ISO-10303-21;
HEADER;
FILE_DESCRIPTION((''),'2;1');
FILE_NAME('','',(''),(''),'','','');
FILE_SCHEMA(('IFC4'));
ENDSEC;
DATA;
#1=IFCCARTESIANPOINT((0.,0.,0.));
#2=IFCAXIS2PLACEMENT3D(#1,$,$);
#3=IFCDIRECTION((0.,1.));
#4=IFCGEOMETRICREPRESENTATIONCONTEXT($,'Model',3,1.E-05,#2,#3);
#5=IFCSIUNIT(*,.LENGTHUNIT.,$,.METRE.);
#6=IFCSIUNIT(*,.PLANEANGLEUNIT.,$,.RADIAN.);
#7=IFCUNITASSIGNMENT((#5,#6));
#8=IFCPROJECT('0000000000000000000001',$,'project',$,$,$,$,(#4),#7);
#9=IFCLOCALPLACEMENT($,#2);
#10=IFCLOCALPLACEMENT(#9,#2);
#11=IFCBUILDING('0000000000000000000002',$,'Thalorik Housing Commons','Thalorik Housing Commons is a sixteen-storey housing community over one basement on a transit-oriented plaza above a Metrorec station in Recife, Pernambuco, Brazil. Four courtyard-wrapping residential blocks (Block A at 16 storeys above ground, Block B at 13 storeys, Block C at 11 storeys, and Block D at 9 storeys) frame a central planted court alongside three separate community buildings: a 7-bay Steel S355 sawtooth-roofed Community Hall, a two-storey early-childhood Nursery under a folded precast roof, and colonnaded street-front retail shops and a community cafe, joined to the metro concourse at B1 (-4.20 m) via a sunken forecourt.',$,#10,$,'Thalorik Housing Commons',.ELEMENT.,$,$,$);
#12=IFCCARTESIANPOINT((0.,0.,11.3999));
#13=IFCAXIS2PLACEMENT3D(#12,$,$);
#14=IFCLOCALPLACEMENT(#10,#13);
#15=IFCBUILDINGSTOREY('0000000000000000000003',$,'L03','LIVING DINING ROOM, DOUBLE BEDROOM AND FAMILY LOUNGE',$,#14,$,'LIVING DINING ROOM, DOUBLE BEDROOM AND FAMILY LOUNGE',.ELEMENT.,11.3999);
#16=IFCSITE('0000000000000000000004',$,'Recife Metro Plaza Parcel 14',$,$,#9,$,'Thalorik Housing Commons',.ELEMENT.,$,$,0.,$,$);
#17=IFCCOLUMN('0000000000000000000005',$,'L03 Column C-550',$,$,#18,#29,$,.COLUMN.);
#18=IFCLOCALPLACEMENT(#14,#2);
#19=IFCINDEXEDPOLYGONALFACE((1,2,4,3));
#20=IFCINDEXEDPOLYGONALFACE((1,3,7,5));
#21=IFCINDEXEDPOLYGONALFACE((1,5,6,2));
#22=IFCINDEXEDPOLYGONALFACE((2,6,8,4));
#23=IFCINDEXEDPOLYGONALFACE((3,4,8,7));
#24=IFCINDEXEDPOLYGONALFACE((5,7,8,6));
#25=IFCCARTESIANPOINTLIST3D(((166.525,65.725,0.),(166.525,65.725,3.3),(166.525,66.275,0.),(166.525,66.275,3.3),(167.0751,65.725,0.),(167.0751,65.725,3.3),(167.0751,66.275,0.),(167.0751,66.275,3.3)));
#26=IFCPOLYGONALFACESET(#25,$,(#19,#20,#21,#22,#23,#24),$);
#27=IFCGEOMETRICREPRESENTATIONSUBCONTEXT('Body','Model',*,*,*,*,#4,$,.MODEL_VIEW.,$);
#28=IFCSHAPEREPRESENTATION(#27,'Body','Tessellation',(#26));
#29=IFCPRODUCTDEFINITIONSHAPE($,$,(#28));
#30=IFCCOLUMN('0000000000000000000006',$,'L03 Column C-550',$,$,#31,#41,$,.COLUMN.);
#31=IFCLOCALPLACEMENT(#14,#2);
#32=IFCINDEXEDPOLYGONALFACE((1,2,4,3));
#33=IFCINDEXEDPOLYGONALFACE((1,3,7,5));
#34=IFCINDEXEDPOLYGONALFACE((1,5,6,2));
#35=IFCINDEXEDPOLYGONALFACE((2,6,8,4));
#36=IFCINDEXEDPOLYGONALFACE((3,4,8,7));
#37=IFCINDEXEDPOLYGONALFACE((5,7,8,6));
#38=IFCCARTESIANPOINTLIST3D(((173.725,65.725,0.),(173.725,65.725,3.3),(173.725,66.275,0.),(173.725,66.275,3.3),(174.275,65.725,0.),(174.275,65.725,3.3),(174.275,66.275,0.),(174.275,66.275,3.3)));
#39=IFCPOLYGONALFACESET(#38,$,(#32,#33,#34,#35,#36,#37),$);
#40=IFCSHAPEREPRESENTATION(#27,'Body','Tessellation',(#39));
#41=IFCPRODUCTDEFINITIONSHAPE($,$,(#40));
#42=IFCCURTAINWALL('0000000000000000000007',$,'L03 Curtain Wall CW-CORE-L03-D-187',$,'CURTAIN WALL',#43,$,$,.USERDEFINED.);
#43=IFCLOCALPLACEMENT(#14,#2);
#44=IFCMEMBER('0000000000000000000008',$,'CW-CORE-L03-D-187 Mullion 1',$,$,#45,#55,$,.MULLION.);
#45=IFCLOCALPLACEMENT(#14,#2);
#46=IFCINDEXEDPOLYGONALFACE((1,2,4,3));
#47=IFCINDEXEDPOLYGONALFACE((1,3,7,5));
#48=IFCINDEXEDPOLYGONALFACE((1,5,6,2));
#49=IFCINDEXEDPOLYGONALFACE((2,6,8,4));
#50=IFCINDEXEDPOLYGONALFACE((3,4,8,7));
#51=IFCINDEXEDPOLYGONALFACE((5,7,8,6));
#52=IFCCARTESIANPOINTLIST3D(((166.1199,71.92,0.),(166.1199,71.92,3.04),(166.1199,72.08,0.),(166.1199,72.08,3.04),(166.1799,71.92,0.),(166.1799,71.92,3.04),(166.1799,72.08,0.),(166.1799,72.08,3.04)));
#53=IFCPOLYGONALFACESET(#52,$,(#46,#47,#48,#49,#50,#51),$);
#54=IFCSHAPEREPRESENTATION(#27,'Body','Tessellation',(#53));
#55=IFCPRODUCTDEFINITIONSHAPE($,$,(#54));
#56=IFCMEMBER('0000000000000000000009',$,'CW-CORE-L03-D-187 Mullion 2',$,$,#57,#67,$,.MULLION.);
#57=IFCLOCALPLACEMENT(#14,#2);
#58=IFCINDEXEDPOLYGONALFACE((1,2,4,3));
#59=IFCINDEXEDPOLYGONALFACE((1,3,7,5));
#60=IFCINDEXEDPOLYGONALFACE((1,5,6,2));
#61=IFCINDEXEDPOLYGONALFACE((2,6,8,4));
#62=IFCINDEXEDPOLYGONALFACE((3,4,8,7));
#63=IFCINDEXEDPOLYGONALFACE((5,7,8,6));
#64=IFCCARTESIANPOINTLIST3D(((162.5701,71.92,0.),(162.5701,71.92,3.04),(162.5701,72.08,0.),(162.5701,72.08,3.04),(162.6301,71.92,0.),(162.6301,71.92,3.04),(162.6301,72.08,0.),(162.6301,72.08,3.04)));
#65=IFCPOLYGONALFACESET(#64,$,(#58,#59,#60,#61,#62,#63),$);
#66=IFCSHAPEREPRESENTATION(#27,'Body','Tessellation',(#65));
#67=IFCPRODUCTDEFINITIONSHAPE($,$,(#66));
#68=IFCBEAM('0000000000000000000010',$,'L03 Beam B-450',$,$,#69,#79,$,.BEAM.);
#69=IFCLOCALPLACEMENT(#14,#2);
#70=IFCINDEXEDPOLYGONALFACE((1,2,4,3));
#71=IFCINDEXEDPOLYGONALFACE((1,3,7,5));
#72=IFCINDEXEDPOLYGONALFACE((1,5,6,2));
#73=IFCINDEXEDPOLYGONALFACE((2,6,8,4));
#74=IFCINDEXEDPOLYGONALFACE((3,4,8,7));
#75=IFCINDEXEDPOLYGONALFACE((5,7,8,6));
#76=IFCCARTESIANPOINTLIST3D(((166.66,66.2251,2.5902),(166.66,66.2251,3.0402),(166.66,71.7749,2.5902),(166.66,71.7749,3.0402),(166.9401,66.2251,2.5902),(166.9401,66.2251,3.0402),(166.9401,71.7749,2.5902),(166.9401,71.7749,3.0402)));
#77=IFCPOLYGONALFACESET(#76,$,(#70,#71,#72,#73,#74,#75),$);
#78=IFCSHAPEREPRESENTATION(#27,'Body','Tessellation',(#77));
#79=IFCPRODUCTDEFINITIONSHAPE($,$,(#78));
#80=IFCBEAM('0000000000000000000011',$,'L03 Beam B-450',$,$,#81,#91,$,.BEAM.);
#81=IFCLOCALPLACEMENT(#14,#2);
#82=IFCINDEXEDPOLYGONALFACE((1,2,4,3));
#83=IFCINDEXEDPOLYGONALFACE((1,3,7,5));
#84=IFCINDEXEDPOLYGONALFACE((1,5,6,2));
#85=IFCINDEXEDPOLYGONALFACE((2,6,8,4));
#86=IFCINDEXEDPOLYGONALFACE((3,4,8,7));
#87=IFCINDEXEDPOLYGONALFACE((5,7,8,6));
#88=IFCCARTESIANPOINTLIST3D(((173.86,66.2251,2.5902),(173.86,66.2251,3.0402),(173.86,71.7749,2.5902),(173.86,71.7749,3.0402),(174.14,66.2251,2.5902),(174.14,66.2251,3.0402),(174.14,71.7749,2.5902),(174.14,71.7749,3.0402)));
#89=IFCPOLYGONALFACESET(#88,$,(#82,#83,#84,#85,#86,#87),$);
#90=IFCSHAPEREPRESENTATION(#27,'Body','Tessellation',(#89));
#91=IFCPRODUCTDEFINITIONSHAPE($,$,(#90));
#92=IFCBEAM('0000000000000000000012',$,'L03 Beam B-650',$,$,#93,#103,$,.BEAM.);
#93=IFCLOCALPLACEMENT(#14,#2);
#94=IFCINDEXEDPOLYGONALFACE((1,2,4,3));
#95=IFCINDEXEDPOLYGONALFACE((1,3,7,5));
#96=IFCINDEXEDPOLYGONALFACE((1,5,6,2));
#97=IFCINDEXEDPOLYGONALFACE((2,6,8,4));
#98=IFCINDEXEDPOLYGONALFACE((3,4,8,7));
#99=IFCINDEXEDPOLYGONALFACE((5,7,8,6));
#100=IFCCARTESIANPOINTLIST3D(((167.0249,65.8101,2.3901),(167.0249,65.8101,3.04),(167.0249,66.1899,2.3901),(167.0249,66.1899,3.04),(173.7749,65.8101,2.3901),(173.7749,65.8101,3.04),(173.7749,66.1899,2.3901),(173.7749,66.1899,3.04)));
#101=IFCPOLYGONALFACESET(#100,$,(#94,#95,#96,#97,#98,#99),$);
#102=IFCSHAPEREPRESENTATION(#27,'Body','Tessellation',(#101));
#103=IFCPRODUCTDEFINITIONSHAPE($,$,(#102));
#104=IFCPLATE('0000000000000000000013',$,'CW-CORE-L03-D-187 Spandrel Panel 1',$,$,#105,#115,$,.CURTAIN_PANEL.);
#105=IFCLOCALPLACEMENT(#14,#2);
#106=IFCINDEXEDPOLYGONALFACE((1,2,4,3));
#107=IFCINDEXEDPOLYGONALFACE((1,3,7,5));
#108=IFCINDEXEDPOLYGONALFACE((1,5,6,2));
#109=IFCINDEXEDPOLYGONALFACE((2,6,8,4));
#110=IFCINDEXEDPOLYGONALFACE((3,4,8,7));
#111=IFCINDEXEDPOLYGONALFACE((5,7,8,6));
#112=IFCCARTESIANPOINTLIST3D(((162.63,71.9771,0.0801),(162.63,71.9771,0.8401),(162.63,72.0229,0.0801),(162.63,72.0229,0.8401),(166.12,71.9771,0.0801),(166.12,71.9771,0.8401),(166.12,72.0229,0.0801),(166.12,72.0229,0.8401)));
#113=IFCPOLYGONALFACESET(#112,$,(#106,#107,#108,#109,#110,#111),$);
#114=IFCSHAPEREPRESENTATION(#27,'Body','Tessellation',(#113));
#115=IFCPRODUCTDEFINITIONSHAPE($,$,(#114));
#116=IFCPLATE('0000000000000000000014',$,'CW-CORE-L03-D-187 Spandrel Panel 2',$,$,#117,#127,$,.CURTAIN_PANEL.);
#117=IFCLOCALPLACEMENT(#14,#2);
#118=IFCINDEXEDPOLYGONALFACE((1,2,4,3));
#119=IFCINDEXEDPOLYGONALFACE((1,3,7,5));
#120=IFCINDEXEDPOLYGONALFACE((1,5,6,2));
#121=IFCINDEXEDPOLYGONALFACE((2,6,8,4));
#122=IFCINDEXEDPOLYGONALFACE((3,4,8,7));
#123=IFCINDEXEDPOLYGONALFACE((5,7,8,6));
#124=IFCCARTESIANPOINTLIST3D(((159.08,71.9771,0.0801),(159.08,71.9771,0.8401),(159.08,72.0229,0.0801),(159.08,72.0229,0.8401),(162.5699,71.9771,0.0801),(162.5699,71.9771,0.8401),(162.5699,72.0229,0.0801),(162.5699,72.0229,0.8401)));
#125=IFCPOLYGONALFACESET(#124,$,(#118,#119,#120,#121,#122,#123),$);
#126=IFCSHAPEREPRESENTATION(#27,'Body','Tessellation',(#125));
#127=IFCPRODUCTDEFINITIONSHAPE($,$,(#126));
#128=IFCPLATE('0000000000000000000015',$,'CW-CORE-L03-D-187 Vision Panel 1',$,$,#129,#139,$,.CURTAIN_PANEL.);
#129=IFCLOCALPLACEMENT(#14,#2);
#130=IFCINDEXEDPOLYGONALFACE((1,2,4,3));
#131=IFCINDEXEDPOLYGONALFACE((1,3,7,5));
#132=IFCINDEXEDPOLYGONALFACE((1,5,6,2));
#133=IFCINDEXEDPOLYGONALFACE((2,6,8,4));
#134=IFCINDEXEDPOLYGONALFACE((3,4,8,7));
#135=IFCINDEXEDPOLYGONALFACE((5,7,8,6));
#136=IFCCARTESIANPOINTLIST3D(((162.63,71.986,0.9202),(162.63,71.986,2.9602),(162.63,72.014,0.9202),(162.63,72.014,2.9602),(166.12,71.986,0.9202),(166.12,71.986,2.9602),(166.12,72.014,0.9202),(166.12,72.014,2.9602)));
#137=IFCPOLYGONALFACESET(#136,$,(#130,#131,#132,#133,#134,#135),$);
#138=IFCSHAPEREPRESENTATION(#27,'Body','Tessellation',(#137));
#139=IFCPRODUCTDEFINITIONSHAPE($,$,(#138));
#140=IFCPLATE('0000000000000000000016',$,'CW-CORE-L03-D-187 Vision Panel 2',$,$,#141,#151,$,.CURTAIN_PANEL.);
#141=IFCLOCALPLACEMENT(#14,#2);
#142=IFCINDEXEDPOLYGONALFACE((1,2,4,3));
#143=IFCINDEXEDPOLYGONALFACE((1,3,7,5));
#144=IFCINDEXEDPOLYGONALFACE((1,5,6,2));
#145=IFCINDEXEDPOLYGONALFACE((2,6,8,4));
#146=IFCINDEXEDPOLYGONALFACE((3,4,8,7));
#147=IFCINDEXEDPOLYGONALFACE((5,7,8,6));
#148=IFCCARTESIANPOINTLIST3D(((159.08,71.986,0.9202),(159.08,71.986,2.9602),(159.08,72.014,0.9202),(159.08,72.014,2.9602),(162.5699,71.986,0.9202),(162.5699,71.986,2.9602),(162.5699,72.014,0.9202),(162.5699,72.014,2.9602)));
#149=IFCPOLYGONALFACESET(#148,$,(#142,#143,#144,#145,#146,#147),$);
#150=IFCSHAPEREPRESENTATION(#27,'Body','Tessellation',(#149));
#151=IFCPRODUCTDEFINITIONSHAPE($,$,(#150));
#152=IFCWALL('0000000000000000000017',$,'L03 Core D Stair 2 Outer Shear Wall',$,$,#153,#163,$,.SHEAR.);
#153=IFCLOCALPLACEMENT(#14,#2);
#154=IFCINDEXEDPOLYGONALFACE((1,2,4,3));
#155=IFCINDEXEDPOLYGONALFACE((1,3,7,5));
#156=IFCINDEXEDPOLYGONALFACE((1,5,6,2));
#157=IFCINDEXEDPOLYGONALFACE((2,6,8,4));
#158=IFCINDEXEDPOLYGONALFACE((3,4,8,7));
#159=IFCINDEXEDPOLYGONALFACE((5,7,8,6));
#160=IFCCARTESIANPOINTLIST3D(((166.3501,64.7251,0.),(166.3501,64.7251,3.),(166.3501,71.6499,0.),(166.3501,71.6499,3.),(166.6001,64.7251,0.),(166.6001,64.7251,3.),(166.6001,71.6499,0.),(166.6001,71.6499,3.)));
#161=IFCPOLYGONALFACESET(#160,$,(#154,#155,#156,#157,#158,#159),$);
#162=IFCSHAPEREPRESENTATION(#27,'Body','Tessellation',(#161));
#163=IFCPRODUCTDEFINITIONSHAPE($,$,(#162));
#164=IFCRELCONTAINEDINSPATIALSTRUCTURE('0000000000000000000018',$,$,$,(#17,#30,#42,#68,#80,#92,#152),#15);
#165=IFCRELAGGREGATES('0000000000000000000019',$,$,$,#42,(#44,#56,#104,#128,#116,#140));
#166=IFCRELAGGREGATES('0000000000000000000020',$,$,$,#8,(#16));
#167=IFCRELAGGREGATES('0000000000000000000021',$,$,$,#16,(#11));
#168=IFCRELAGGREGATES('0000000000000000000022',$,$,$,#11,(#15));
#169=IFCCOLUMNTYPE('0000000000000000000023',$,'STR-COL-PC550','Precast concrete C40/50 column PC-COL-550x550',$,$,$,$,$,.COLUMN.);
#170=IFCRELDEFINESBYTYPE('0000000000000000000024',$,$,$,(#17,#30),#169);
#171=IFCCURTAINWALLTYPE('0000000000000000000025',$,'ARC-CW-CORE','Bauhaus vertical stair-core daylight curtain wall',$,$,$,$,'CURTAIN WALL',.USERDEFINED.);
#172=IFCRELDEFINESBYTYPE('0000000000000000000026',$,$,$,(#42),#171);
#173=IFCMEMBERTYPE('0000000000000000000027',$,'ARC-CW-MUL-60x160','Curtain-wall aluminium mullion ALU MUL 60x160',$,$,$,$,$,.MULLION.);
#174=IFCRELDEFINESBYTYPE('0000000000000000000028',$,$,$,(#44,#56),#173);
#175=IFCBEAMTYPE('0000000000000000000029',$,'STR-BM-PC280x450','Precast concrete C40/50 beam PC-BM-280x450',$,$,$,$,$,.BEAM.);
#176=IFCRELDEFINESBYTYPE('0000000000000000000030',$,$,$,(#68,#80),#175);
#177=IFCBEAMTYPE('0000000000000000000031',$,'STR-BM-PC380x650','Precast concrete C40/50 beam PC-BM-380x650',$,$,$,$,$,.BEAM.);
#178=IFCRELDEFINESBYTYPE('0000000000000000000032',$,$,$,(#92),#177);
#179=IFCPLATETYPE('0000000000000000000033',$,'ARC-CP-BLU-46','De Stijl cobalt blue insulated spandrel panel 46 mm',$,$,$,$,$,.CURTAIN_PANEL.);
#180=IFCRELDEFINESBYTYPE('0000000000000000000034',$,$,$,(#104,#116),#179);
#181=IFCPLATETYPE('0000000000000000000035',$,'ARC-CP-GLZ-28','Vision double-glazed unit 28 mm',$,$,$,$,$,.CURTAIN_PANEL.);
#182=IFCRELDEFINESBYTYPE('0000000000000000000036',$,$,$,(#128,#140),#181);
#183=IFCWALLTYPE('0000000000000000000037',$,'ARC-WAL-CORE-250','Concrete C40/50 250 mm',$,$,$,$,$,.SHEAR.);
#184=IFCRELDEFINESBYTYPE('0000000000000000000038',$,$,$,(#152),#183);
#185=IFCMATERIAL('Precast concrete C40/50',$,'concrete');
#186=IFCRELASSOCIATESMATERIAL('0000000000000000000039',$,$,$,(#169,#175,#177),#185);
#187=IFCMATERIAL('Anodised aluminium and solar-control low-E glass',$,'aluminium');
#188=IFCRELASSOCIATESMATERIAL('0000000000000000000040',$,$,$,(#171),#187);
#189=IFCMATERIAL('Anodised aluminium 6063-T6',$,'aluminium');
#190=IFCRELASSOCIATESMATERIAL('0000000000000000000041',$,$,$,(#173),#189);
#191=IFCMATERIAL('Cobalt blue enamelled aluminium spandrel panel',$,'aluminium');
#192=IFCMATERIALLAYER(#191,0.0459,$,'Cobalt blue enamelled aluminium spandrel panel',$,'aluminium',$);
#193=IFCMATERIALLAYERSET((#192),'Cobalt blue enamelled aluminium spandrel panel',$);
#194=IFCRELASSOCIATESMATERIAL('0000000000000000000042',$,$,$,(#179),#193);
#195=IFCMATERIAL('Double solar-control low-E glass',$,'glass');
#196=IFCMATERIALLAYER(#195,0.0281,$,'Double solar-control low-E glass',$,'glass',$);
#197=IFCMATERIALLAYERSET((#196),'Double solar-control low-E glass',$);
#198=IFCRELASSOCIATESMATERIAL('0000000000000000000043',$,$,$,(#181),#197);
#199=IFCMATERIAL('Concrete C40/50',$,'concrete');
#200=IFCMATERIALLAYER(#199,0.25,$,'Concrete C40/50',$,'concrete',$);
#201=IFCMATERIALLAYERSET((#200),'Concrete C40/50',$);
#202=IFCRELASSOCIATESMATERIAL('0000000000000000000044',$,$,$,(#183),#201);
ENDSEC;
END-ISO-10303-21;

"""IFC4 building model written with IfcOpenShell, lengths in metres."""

from ifc_helpers import new_model, si_unit, direction, frame, frame_2d, origin, origin_2d, place, context, subcontext, project, spatial, rectangle, extrude, material, layer, layer_set, material_profile, profile_set, type_object, element, aggregate, save


model = new_model("IFC4")

# Units and contexts
model_context = context("Model", 3, precision=1e-05, world=origin(), true_north=direction((0.0, 1.0)))
body_context = subcontext(model_context, "Body", "Model", "MODEL_VIEW")
ifc_project = project(units=[si_unit("LENGTHUNIT", "METRE"), si_unit("PLANEANGLEUNIT", "RADIAN")], contexts=[model_context])

# Site, building, storey
site_placement = place(None, origin())
site = spatial("IfcSite", under=ifc_project, at=site_placement, Name="Recife Metro Plaza Parcel 14", LongName="Thalorik Housing Commons", CompositionType="ELEMENT", RefElevation=0.0)
building_placement = place(site_placement, origin())
building = spatial("IfcBuilding", under=site, at=building_placement, Name="Thalorik Housing Commons", Description="Thalorik Housing Commons is a sixteen-storey housing community over one basement on a transit-oriented plaza above a Metrorec station in Recife, Pernambuco, Brazil. Four courtyard-wrapping residential blocks (Block A at 16 storeys above ground, Block B at 13 storeys, Block C at 11 storeys, and Block D at 9 storeys) frame a central planted court alongside three separate community buildings: a 7-bay Steel S355 sawtooth-roofed Community Hall, a two-storey early-childhood Nursery under a folded precast roof, and colonnaded street-front retail shops and a community cafe, joined to the metro concourse at B1 (-4.20 m) via a sunken forecourt.", LongName="Thalorik Housing Commons", CompositionType="ELEMENT")
storey_placement = place(building_placement, frame((0.0, 0.0, 11.3999)))
storey = spatial("IfcBuildingStorey", under=building, at=storey_placement, Name="L03", Description="LIVING DINING ROOM, DOUBLE BEDROOM AND FAMILY LOUNGE", LongName="LIVING DINING ROOM, DOUBLE BEDROOM AND FAMILY LOUNGE", CompositionType="ELEMENT", Elevation=11.3999)

# Columns
ifc_material_1 = material(Name="Precast concrete C40/50", Category="concrete")
ifc_material_profile_1 = material_profile(ifc_material_1, rectangle(XDim=0.55, YDim=0.55, at=origin_2d()), Name="PC 550x550", Category="concrete")
ifc_profile_set_1 = profile_set([ifc_material_profile_1], Name="Precast concrete C40/50")
column_type = type_object("IfcColumnType", Name="STR-COL-PC550", Description="Precast concrete C40/50 column PC-COL-550x550", PredefinedType="COLUMN", material=ifc_profile_set_1)
for number, where, z_axis, x_axis, name in (
    (1, (166.8, 66.0, 0.0), (0.0, 0.0, 1.0), (1.0, 0.0, 0.0), "L03 Column C-550"),
    (2, (174.0, 66.0, 0.0), (0.0, 0.0, 1.0), (1.0, 0.0, 0.0), "L03 Column C-550"),
):
    element("IfcColumn", number, at=place(storey_placement, frame(where, z_axis=z_axis, x_axis=x_axis)), inside=storey, type_object=column_type, Name=name, PredefinedType="COLUMN", context=body_context, shape_type="SweptSolid", body=[
        extrude(rectangle(XDim=0.55, YDim=0.55, at=origin_2d()), origin(), (0.0, 0.0, 1.0), 3.3),
    ])

# Curtain wall, members
ifc_material_2 = material(Name="Anodised aluminium and solar-control low-E glass", Category="aluminium")
curtain_wall_type = type_object("IfcCurtainWallType", Name="ARC-CW-CORE", Description="Bauhaus vertical stair-core daylight curtain wall", ElementType="CURTAIN WALL", PredefinedType="USERDEFINED", material=ifc_material_2)
curtain_wall_placement = place(storey_placement, origin())
curtain_wall = element("IfcCurtainWall", 3, at=curtain_wall_placement, inside=storey, type_object=curtain_wall_type, Name="L03 Curtain Wall CW-CORE-L03-D-187", ObjectType="CURTAIN WALL", PredefinedType="USERDEFINED")
ifc_material_3 = material(Name="Anodised aluminium 6063-T6", Category="aluminium")
ifc_material_profile_2 = material_profile(ifc_material_3, rectangle(XDim=0.0601, YDim=0.1599, at=origin_2d()), Name="ALU MUL 60x160", Category="aluminium")
ifc_profile_set_2 = profile_set([ifc_material_profile_2], Name="Anodised aluminium 6063-T6")
member_type = type_object("IfcMemberType", Name="ARC-CW-MUL-60x160", Description="Curtain-wall aluminium mullion ALU MUL 60x160", PredefinedType="MULLION", material=ifc_profile_set_2)
member_1_placement = place(storey_placement, frame((166.1499, 72.0, 0.0), z_axis=(0.0, 0.0, 1.0), x_axis=(-1.0, 0.0, 0.0)))
member_1 = element("IfcMember", 4, at=member_1_placement, type_object=member_type, Name="CW-CORE-L03-D-187 Mullion 1", PredefinedType="MULLION", context=body_context, shape_type="SweptSolid", body=[
    extrude(rectangle(XDim=0.0601, YDim=0.1599, at=origin_2d()), origin(), (0.0, 0.0, 1.0), 3.04),
])
member_2_placement = place(storey_placement, frame((162.6001, 72.0, 0.0), z_axis=(0.0, 0.0, 1.0), x_axis=(-1.0, 0.0, 0.0)))
member_2 = element("IfcMember", 5, at=member_2_placement, type_object=member_type, Name="CW-CORE-L03-D-187 Mullion 2", PredefinedType="MULLION", context=body_context, shape_type="SweptSolid", body=[
    extrude(rectangle(XDim=0.0601, YDim=0.1599, at=origin_2d()), origin(), (0.0, 0.0, 1.0), 3.04),
])

# Beams
ifc_material_profile_3 = material_profile(ifc_material_1, rectangle(XDim=0.28, YDim=0.45, at=origin_2d()), Name="PC 280x450", Category="concrete")
ifc_profile_set_3 = profile_set([ifc_material_profile_3], Name="Precast concrete C40/50")
beam_type_1 = type_object("IfcBeamType", Name="STR-BM-PC280x450", Description="Precast concrete C40/50 beam PC-BM-280x450", PredefinedType="BEAM", material=ifc_profile_set_3)
for number, where, z_axis, x_axis, name in (
    (6, (166.8, 66.2251, 2.8152), (0.0, 1.0, 0.0), (-1.0, 0.0, 0.0), "L03 Beam B-450"),
    (7, (174.0, 66.2251, 2.8152), (0.0, 1.0, 0.0), (-1.0, 0.0, 0.0), "L03 Beam B-450"),
):
    element("IfcBeam", number, at=place(storey_placement, frame(where, z_axis=z_axis, x_axis=x_axis)), inside=storey, type_object=beam_type_1, Name=name, PredefinedType="BEAM", context=body_context, shape_type="SweptSolid", body=[
        extrude(rectangle(XDim=0.28, YDim=0.45, at=origin_2d()), origin(), (0.0, 0.0, 1.0), 5.5498),
    ])
ifc_material_profile_4 = material_profile(ifc_material_1, rectangle(XDim=0.3799, YDim=0.6499, at=origin_2d()), Name="PC 380x650", Category="concrete")
ifc_profile_set_4 = profile_set([ifc_material_profile_4], Name="Precast concrete C40/50")
beam_type_2 = type_object("IfcBeamType", Name="STR-BM-PC380x650", Description="Precast concrete C40/50 beam PC-BM-380x650", PredefinedType="BEAM", material=ifc_profile_set_4)
beam_placement = place(storey_placement, frame((167.0249, 66.0, 2.7151), z_axis=(1.0, 0.0, 0.0), x_axis=(0.0, 1.0, 0.0)))
element("IfcBeam", 8, at=beam_placement, inside=storey, type_object=beam_type_2, Name="L03 Beam B-650", PredefinedType="BEAM", context=body_context, shape_type="SweptSolid", body=[
    extrude(rectangle(XDim=0.3799, YDim=0.6499, at=origin_2d()), origin(), (0.0, 0.0, 1.0), 6.75),
])

# Plates
ifc_material_4 = material(Name="Cobalt blue enamelled aluminium spandrel panel", Category="aluminium")
ifc_layer_1 = layer(ifc_material_4, 0.0459, Name="Cobalt blue enamelled aluminium spandrel panel", Category="aluminium")
ifc_layer_set_1 = layer_set([ifc_layer_1], Name="Cobalt blue enamelled aluminium spandrel panel")
plate_type_1 = type_object("IfcPlateType", Name="ARC-CP-BLU-46", Description="De Stijl cobalt blue insulated spandrel panel 46 mm", PredefinedType="CURTAIN_PANEL", material=ifc_layer_set_1)
plate_1_placement = place(storey_placement, frame((164.375, 72.0, 0.0801), z_axis=(0.0, 0.0, 1.0), x_axis=(-1.0, 0.0, 0.0)))
plate_1 = element("IfcPlate", 9, at=plate_1_placement, type_object=plate_type_1, Name="CW-CORE-L03-D-187 Spandrel Panel 1", PredefinedType="CURTAIN_PANEL", context=body_context, shape_type="SweptSolid", body=[
    extrude(rectangle(XDim=3.49, YDim=0.0459, at=origin_2d()), origin(), (0.0, 0.0, 1.0), 0.76),
])
plate_2_placement = place(storey_placement, frame((160.825, 72.0, 0.0801), z_axis=(0.0, 0.0, 1.0), x_axis=(-1.0, 0.0, 0.0)))
plate_2 = element("IfcPlate", 10, at=plate_2_placement, type_object=plate_type_1, Name="CW-CORE-L03-D-187 Spandrel Panel 2", PredefinedType="CURTAIN_PANEL", context=body_context, shape_type="SweptSolid", body=[
    extrude(rectangle(XDim=3.49, YDim=0.0459, at=origin_2d()), origin(), (0.0, 0.0, 1.0), 0.76),
])
ifc_material_5 = material(Name="Double solar-control low-E glass", Category="glass")
ifc_layer_2 = layer(ifc_material_5, 0.0281, Name="Double solar-control low-E glass", Category="glass")
ifc_layer_set_2 = layer_set([ifc_layer_2], Name="Double solar-control low-E glass")
plate_type_2 = type_object("IfcPlateType", Name="ARC-CP-GLZ-28", Description="Vision double-glazed unit 28 mm", PredefinedType="CURTAIN_PANEL", material=ifc_layer_set_2)
plate_3_placement = place(storey_placement, frame((164.375, 72.0, 0.9202), z_axis=(0.0, 0.0, 1.0), x_axis=(-1.0, 0.0, 0.0)))
plate_3 = element("IfcPlate", 11, at=plate_3_placement, type_object=plate_type_2, Name="CW-CORE-L03-D-187 Vision Panel 1", PredefinedType="CURTAIN_PANEL", context=body_context, shape_type="SweptSolid", body=[
    extrude(rectangle(XDim=3.49, YDim=0.0281, at=origin_2d()), origin(), (0.0, 0.0, 1.0), 2.04),
])
plate_4_placement = place(storey_placement, frame((160.825, 72.0, 0.9202), z_axis=(0.0, 0.0, 1.0), x_axis=(-1.0, 0.0, 0.0)))
plate_4 = element("IfcPlate", 12, at=plate_4_placement, type_object=plate_type_2, Name="CW-CORE-L03-D-187 Vision Panel 2", PredefinedType="CURTAIN_PANEL", context=body_context, shape_type="SweptSolid", body=[
    extrude(rectangle(XDim=3.49, YDim=0.0281, at=origin_2d()), origin(), (0.0, 0.0, 1.0), 2.04),
])
aggregate(curtain_wall, [member_1, member_2, plate_1, plate_3, plate_2, plate_4])

# Wall
ifc_material_6 = material(Name="Concrete C40/50", Category="concrete")
ifc_layer_3 = layer(ifc_material_6, 0.25, Name="Concrete C40/50", Category="concrete")
ifc_layer_set_3 = layer_set([ifc_layer_3], Name="Concrete C40/50")
wall_type_1 = type_object("IfcWallType", Name="ARC-WAL-CORE-250", Description="Concrete C40/50 250 mm", PredefinedType="SHEAR", material=ifc_layer_set_3)
wall_1_placement = place(storey_placement, frame((166.4751, 71.6499, 0.0), z_axis=(0.0, 0.0, 1.0), x_axis=(0.0, -1.0, 0.0)))
element("IfcWall", 13, at=wall_1_placement, inside=storey, type_object=wall_type_1, Name="L03 Core D Stair 2 Outer Shear Wall", PredefinedType="SHEAR", context=body_context, shape_type="SweptSolid", body=[
    extrude(rectangle(XDim=6.9248, YDim=0.25, at=frame_2d((3.4624, 0.0))), origin(), (0.0, 0.0, 1.0), 3.0),
])

save(model, "model.ifc")
